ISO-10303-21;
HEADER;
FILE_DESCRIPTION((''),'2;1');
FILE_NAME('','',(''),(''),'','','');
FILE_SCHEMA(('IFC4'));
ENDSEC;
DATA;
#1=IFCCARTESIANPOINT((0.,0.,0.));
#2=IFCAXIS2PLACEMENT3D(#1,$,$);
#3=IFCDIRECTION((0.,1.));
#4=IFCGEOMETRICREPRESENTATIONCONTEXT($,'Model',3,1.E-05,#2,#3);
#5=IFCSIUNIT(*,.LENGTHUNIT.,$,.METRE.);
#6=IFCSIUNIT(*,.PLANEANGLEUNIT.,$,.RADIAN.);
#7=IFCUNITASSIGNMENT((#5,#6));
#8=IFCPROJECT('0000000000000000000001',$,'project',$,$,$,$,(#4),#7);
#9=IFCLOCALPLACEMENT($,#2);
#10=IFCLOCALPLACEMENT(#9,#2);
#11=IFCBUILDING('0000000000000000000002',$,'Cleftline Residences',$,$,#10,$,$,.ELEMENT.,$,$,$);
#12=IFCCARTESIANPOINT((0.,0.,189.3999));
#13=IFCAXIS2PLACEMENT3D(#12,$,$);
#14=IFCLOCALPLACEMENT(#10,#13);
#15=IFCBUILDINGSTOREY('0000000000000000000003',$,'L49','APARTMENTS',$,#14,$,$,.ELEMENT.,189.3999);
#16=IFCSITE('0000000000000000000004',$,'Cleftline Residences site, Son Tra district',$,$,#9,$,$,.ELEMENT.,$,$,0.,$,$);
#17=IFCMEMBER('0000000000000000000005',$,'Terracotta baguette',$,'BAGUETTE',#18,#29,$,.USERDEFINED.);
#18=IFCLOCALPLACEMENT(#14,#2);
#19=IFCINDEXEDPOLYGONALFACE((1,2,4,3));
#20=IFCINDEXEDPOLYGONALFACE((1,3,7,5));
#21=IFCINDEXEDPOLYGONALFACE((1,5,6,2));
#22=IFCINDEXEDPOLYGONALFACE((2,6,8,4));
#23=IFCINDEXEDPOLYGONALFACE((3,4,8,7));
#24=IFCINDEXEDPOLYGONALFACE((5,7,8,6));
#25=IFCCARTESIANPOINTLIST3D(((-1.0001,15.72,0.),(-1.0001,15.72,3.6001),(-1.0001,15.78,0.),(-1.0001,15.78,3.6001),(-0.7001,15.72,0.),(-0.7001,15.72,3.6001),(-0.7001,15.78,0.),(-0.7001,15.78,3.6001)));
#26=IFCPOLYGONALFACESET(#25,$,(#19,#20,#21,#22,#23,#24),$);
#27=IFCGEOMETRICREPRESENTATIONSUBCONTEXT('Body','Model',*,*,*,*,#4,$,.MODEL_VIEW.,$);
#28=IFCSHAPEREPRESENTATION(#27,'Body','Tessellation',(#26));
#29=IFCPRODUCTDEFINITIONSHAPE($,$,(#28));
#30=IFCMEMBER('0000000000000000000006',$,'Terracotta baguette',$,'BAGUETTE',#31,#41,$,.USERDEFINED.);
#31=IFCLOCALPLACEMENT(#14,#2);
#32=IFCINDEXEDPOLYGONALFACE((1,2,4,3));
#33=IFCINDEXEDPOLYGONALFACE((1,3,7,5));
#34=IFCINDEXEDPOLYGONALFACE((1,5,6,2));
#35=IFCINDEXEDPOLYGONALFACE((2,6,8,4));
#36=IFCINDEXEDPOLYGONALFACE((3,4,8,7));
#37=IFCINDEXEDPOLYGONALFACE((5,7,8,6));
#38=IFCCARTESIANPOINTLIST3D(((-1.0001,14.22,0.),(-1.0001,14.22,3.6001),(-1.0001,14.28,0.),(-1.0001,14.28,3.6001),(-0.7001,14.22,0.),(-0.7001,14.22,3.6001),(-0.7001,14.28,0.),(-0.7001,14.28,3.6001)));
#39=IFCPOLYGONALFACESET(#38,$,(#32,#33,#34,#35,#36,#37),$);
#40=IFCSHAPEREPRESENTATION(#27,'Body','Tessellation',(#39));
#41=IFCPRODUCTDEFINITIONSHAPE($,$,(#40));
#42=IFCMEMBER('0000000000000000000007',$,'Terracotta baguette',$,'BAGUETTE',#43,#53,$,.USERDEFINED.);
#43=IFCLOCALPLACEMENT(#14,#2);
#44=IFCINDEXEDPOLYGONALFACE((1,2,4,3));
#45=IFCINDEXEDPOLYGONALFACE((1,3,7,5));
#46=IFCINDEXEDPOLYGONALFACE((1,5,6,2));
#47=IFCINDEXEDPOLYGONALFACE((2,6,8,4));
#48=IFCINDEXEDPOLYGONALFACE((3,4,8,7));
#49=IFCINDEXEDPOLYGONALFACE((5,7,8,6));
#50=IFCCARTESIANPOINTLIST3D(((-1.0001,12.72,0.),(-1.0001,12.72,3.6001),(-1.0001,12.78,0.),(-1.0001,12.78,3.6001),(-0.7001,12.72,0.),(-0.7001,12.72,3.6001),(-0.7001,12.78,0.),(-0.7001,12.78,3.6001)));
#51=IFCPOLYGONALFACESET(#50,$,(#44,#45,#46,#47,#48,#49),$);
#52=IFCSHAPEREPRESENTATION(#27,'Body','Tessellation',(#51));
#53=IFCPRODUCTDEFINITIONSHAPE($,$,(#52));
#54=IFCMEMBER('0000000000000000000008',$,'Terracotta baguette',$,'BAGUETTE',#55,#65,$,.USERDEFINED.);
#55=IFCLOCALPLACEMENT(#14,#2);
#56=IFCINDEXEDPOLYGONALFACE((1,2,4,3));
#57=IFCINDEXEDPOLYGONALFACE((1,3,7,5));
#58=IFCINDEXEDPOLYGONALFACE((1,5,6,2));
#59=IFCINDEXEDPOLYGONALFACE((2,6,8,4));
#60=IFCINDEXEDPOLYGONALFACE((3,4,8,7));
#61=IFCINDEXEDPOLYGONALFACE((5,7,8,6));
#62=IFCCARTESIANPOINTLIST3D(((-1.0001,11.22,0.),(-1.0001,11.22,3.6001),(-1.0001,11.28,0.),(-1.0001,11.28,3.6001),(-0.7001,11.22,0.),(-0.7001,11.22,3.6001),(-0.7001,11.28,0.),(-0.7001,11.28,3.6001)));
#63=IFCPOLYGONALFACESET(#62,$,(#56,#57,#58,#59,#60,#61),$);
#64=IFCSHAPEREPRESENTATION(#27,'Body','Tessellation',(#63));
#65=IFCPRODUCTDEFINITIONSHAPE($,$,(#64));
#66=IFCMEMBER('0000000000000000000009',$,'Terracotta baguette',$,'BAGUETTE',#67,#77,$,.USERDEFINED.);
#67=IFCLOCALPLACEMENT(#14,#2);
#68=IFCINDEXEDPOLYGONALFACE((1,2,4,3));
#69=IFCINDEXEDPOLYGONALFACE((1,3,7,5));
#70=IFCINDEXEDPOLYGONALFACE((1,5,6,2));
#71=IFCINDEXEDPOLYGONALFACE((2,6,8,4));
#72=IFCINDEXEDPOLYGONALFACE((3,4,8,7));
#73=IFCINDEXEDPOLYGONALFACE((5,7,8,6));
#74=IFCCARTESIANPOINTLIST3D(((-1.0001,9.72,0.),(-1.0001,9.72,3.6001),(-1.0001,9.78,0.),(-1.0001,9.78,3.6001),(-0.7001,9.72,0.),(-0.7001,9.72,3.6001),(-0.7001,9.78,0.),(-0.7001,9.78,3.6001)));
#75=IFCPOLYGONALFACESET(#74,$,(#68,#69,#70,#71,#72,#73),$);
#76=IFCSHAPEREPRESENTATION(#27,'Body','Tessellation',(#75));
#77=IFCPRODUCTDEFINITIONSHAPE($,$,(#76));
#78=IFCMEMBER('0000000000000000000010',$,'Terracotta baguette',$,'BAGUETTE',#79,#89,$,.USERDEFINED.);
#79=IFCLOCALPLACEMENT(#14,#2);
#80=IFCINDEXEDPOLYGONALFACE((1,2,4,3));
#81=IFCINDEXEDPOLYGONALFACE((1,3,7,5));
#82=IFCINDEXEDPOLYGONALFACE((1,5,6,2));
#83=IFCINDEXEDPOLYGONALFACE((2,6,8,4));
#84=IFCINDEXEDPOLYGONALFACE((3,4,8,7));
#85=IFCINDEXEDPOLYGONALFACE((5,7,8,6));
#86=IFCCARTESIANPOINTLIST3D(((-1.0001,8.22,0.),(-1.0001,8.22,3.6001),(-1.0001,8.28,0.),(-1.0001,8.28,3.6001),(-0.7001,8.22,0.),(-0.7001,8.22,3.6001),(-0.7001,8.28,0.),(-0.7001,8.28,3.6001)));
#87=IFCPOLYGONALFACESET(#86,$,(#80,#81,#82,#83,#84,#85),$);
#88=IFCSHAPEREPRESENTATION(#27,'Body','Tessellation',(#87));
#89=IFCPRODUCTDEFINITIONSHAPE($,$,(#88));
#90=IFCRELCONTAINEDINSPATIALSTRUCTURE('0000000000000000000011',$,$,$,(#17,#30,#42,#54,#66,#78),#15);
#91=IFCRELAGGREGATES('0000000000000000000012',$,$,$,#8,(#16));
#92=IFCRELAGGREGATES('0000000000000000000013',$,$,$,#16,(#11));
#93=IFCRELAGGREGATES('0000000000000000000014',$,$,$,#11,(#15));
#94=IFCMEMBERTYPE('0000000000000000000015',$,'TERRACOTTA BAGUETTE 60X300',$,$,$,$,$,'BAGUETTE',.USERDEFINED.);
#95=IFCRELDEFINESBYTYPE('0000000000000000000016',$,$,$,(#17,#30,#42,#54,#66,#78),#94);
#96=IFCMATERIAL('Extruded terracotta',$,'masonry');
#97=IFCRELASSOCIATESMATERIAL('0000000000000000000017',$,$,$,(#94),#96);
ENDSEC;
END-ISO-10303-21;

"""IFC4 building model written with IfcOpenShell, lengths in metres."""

from ifc_helpers import new_model, si_unit, direction, frame, origin, origin_2d, place, context, subcontext, project, spatial, rectangle, extrude, material, material_profile, profile_set, type_object, element, save


model = new_model("IFC4")

# Units and contexts
model_context = context("Model", 3, precision=1e-05, world=origin(), true_north=direction((0.0, 1.0)))
body_context = subcontext(model_context, "Body", "Model", "MODEL_VIEW")
ifc_project = project(units=[si_unit("LENGTHUNIT", "METRE"), si_unit("PLANEANGLEUNIT", "RADIAN")], contexts=[model_context])

# Site, building, storey
site_placement = place(None, origin())
site = spatial("IfcSite", under=ifc_project, at=site_placement, Name="Cleftline Residences site, Son Tra district", CompositionType="ELEMENT", RefElevation=0.0)
building_placement = place(site_placement, origin())
building = spatial("IfcBuilding", under=site, at=building_placement, Name="Cleftline Residences", CompositionType="ELEMENT")
storey_placement = place(building_placement, frame((0.0, 0.0, 189.3999)))
storey = spatial("IfcBuildingStorey", under=building, at=storey_placement, Name="L49", Description="APARTMENTS", CompositionType="ELEMENT", Elevation=189.3999)

# Members
ifc_material_1 = material(Name="Extruded terracotta", Category="masonry")
ifc_material_profile = material_profile(ifc_material_1, rectangle(XDim=0.0601, YDim=0.3, at=origin_2d()))
ifc_profile_set = profile_set([ifc_material_profile], Name="Extruded terracotta")
member_type = type_object("IfcMemberType", Name="TERRACOTTA BAGUETTE 60X300", ElementType="BAGUETTE", PredefinedType="USERDEFINED", material=ifc_profile_set)
for number, where, z_axis, x_axis, name in (
    (1, (-0.8501, 15.75, 0.0), (0.0, 0.0, 1.0), (0.0, 1.0, 0.0), "Terracotta baguette"),
    (2, (-0.8501, 14.25, 0.0), (0.0, 0.0, 1.0), (0.0, 1.0, 0.0), "Terracotta baguette"),
    (3, (-0.8501, 12.75, 0.0), (0.0, 0.0, 1.0), (0.0, 1.0, 0.0), "Terracotta baguette"),
    (4, (-0.8501, 11.25, 0.0), (0.0, 0.0, 1.0), (0.0, 1.0, 0.0), "Terracotta baguette"),
    (5, (-0.8501, 9.75, 0.0), (0.0, 0.0, 1.0), (0.0, 1.0, 0.0), "Terracotta baguette"),
    (6, (-0.8501, 8.25, 0.0), (0.0, 0.0, 1.0), (0.0, 1.0, 0.0), "Terracotta baguette"),
):
    element("IfcMember", number, at=place(storey_placement, frame(where, z_axis=z_axis, x_axis=x_axis)), inside=storey, type_object=member_type, Name=name, ObjectType="BAGUETTE", PredefinedType="USERDEFINED", context=body_context, shape_type="SweptSolid", body=[
        extrude(rectangle(XDim=0.0601, YDim=0.3, at=origin_2d()), origin(), (0.0, 0.0, 1.0), 3.6001),
    ])

save(model, "model.ifc")
